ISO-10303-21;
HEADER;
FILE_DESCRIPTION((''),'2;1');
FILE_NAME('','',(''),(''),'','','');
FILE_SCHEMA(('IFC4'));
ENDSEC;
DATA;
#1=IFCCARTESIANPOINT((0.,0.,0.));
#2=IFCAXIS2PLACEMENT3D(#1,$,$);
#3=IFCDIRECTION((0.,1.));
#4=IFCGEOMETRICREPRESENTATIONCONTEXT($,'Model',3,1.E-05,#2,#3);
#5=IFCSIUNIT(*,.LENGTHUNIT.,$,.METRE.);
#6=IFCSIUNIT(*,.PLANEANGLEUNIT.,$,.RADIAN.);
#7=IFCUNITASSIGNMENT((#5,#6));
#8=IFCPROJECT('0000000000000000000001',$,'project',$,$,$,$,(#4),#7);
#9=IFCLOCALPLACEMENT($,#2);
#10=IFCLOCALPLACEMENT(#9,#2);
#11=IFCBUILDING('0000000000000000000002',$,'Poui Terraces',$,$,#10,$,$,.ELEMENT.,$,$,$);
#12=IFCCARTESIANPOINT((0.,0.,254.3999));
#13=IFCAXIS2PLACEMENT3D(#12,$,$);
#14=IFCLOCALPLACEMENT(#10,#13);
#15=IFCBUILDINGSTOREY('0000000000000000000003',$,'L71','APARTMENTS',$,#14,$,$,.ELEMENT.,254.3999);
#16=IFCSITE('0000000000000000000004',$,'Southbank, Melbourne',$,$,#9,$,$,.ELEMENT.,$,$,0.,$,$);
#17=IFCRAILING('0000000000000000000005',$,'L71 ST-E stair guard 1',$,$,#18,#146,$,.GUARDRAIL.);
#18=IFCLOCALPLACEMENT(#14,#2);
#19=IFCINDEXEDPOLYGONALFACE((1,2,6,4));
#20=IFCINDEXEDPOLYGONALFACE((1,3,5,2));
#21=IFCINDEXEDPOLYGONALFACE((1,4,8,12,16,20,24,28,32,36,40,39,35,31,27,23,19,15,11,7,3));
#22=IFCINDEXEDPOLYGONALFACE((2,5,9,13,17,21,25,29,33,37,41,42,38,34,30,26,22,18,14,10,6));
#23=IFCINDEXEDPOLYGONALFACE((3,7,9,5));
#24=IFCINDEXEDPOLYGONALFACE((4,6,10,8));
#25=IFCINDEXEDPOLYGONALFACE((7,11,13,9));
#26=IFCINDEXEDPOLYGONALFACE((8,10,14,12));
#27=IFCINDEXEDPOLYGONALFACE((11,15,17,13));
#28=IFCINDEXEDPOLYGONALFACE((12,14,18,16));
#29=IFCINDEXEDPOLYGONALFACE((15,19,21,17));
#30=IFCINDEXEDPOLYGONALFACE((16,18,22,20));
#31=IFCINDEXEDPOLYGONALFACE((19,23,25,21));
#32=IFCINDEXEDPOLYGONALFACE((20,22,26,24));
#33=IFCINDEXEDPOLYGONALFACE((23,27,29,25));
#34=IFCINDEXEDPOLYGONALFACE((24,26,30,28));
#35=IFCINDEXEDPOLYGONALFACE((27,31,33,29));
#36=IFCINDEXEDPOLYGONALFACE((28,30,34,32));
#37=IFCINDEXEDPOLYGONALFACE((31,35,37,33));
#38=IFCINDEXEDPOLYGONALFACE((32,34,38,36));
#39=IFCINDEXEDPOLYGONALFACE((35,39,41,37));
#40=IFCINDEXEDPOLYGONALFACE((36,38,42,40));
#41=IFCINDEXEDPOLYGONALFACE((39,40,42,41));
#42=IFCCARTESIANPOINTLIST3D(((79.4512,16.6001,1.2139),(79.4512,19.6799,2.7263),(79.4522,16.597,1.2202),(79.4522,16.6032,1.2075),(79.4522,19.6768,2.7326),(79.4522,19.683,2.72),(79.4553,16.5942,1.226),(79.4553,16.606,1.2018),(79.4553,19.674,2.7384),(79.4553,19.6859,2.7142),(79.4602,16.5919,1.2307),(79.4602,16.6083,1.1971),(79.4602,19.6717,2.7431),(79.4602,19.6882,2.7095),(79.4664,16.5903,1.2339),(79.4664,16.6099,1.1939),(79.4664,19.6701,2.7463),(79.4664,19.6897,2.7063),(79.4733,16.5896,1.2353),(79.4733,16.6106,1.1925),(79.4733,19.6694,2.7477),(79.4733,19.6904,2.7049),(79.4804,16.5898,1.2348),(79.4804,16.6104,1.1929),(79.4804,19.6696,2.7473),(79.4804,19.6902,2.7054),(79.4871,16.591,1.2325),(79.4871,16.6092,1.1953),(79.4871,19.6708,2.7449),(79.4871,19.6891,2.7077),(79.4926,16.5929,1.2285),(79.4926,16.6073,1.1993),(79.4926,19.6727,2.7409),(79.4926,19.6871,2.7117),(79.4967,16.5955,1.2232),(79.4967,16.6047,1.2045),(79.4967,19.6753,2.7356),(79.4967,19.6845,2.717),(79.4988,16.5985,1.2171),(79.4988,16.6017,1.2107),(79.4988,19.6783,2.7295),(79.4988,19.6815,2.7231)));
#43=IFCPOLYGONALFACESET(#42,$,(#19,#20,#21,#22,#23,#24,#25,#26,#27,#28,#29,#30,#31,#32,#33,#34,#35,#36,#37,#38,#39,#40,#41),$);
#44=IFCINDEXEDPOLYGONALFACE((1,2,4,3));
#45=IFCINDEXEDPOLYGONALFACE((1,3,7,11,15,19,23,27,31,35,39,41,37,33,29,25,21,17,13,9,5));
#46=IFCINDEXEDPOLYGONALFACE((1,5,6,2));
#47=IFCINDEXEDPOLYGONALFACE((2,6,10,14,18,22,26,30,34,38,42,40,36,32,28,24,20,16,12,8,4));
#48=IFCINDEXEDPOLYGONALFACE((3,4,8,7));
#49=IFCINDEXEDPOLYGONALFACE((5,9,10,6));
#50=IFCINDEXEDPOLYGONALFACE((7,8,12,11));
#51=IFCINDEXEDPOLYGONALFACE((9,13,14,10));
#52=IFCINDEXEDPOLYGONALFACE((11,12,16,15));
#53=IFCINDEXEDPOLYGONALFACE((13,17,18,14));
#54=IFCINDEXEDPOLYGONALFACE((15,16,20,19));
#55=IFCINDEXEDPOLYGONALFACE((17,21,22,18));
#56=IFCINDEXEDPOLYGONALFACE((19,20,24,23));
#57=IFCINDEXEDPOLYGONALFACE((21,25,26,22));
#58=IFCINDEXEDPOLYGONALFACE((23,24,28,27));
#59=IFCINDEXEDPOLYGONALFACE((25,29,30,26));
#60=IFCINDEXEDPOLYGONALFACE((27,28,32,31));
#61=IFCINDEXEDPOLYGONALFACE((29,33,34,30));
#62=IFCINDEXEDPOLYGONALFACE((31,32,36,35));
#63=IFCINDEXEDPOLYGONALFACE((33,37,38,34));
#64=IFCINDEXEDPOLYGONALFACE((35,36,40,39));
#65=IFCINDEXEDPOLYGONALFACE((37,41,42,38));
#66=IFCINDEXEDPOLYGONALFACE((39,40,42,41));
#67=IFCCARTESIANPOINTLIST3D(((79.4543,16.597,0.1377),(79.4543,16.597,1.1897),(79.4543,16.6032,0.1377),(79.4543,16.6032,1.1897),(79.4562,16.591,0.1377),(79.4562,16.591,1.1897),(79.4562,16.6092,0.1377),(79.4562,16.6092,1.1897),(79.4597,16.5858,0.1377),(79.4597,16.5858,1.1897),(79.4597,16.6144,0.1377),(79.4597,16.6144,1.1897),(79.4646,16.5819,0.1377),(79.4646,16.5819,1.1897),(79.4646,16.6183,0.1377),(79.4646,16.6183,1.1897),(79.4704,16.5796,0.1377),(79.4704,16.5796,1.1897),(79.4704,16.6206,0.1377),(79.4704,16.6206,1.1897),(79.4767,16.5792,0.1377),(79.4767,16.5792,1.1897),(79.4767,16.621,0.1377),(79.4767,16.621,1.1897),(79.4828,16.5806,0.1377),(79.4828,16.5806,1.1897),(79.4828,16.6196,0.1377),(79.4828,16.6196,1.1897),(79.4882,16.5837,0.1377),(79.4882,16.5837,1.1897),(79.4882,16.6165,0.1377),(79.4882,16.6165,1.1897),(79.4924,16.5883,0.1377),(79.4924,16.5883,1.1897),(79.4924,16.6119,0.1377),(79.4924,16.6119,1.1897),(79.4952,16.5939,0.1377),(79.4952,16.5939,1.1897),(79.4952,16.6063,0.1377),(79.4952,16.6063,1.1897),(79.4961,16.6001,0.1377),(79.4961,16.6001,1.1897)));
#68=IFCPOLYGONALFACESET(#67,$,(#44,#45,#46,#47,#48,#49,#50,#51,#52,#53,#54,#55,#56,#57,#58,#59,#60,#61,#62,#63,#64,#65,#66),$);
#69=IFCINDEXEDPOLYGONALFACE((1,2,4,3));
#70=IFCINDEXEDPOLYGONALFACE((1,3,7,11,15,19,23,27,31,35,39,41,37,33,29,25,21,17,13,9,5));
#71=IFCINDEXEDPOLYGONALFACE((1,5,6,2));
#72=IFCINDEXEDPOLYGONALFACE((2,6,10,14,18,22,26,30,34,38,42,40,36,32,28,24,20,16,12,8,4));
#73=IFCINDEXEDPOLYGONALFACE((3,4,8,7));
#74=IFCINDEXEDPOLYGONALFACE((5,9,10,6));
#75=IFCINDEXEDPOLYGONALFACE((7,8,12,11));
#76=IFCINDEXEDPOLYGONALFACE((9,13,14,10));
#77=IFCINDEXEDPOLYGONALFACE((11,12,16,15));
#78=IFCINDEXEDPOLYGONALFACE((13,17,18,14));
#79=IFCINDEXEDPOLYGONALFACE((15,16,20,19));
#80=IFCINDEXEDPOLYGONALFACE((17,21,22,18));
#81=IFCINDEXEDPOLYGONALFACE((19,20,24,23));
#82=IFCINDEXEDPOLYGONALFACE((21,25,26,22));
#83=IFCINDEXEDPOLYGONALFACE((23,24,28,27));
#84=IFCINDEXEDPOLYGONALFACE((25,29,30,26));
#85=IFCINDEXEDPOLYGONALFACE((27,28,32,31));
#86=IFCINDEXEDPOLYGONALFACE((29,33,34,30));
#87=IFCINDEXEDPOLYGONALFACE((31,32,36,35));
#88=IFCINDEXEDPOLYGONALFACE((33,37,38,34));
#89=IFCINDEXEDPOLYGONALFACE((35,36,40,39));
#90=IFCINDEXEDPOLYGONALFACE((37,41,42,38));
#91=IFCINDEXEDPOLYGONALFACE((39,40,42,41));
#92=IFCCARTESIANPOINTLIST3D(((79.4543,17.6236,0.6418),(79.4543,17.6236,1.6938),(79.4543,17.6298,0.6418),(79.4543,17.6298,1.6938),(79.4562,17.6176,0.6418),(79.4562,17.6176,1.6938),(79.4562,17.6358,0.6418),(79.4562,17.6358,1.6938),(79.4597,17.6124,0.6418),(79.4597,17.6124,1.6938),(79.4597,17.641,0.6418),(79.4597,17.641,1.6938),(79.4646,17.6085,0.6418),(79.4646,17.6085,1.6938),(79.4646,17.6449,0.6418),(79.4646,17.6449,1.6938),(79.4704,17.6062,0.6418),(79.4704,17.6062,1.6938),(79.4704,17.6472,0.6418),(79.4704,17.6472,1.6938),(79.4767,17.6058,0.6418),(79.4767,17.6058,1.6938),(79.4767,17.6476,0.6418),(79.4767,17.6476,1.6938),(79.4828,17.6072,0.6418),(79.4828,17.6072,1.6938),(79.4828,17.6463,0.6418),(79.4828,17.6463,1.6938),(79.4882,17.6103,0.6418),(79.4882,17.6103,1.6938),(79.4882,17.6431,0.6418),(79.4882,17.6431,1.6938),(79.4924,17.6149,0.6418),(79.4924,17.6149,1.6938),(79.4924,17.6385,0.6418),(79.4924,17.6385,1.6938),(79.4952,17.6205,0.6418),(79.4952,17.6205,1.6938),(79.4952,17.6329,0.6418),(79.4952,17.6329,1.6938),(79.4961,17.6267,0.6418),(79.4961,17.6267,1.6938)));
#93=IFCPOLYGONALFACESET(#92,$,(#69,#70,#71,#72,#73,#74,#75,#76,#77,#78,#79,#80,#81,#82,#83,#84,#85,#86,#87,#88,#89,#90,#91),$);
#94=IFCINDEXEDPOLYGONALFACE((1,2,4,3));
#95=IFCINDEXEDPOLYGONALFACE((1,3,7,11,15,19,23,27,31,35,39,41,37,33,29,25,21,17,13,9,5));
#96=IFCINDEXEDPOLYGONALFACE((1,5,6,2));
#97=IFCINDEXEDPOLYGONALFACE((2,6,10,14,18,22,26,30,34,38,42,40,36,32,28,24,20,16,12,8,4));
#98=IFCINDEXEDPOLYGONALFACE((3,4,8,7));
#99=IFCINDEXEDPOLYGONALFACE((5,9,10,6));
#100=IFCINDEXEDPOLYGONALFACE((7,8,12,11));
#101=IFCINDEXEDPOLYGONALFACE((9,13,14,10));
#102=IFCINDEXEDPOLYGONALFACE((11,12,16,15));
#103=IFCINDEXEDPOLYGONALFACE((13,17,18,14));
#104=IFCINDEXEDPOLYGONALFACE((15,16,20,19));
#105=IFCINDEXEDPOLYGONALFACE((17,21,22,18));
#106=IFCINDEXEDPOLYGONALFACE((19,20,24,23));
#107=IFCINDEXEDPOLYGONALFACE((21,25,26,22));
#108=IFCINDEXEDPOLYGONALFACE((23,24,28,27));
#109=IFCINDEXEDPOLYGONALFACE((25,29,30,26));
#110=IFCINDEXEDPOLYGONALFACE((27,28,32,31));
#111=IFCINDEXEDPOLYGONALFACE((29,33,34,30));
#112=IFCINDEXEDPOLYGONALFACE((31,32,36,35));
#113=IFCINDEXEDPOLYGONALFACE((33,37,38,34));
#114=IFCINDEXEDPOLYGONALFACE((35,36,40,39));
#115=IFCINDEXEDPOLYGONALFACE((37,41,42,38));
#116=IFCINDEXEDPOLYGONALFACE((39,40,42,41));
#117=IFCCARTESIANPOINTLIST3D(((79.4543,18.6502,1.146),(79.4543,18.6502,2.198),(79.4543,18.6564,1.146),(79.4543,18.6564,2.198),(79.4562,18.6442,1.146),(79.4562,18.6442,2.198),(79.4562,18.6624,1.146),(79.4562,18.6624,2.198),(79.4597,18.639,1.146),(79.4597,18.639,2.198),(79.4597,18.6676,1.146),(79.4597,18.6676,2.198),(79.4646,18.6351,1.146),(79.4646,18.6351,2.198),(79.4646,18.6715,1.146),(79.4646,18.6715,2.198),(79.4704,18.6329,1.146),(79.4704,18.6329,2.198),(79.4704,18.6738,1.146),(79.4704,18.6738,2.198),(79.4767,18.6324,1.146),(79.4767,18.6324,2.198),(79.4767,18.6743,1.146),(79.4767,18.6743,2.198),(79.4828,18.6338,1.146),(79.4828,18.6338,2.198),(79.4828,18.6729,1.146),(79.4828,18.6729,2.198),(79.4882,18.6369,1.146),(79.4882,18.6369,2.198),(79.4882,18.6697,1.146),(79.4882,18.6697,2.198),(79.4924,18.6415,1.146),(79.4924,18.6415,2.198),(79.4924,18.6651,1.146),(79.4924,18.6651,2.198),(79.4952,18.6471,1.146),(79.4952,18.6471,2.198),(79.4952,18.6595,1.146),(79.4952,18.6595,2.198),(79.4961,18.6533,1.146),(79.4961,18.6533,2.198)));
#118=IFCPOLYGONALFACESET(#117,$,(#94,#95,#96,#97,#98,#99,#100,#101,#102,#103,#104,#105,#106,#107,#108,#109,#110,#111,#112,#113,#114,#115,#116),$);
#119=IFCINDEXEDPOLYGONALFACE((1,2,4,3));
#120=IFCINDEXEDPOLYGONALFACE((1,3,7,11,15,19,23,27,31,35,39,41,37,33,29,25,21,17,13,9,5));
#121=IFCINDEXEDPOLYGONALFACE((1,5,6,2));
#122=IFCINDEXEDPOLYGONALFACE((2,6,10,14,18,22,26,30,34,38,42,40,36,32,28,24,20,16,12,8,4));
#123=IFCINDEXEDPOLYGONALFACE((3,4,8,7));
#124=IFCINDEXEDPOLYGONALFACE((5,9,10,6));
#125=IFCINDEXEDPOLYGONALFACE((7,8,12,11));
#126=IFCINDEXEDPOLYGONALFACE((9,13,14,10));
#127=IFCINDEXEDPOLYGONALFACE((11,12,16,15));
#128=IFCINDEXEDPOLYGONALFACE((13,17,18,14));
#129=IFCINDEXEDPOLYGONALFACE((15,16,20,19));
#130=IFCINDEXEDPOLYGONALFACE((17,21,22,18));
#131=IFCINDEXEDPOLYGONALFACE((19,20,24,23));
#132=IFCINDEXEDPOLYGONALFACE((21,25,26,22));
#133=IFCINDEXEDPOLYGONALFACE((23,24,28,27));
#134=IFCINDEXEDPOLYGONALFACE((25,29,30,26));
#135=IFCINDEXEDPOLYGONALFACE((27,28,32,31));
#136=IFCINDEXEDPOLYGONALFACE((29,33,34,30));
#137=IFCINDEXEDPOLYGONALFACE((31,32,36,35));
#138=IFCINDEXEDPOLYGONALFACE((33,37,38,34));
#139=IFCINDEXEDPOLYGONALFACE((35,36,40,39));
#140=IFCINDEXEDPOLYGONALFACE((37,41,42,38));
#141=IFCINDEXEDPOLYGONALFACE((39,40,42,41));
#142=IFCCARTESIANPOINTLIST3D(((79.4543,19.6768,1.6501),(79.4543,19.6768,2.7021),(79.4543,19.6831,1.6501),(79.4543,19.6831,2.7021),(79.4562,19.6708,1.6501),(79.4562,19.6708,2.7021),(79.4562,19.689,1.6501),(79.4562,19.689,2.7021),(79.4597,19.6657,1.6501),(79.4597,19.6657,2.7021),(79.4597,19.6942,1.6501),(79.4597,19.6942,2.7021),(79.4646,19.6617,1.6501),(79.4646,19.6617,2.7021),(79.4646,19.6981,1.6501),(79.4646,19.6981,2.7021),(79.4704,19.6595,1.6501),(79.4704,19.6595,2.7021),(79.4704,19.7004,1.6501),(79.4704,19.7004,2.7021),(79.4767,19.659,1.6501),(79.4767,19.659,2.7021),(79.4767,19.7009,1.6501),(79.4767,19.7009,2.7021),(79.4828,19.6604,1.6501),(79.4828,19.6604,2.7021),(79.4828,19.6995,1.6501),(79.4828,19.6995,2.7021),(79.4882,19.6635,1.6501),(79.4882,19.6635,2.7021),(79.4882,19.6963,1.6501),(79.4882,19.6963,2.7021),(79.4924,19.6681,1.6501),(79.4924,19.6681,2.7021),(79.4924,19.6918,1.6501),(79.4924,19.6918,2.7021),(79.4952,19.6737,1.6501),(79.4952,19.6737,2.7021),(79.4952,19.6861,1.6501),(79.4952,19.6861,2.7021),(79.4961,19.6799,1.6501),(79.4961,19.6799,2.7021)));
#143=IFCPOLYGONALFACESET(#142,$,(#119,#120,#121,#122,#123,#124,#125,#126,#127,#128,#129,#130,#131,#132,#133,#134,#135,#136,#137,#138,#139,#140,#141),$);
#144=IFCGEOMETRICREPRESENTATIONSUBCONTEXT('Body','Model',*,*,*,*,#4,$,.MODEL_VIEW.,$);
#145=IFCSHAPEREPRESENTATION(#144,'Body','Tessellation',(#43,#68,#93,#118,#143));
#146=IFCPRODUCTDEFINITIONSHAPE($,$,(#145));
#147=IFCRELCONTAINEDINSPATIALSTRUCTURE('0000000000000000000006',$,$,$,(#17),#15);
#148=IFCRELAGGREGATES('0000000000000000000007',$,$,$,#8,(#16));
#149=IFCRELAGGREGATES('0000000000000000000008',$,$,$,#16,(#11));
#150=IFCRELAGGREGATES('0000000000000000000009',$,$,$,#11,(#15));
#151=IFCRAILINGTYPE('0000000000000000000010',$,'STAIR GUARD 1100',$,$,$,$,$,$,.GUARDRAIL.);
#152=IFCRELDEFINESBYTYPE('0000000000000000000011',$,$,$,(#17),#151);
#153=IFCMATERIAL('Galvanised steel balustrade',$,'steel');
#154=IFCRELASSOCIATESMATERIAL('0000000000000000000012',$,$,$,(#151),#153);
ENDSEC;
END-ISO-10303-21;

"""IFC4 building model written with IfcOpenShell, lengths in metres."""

from ifc_helpers import new_model, si_unit, direction, frame, origin, origin_2d, place, context, subcontext, project, spatial, circle, extrude, material, type_object, element, save


model = new_model("IFC4")

# Units and contexts
model_context = context("Model", 3, precision=1e-05, world=origin(), true_north=direction((0.0, 1.0)))
body_context = subcontext(model_context, "Body", "Model", "MODEL_VIEW")
ifc_project = project(units=[si_unit("LENGTHUNIT", "METRE"), si_unit("PLANEANGLEUNIT", "RADIAN")], contexts=[model_context])

# Site, building, storey
site_placement = place(None, origin())
site = spatial("IfcSite", under=ifc_project, at=site_placement, Name="Southbank, Melbourne", CompositionType="ELEMENT", RefElevation=0.0)
building_placement = place(site_placement, origin())
building = spatial("IfcBuilding", under=site, at=building_placement, Name="Poui Terraces", CompositionType="ELEMENT")
storey_placement = place(building_placement, frame((0.0, 0.0, 254.3999)))
storey = spatial("IfcBuildingStorey", under=building, at=storey_placement, Name="L71", Description="APARTMENTS", CompositionType="ELEMENT", Elevation=254.3999)

# Railing
ifc_material_1 = material(Name="Galvanised steel balustrade", Category="steel")
railing_type_1 = type_object("IfcRailingType", Name="STAIR GUARD 1100", PredefinedType="GUARDRAIL", material=ifc_material_1)
railing_1_placement = place(storey_placement, frame((79.4751, 16.6001, 0.1377)))
element("IfcRailing", 1, at=railing_1_placement, inside=storey, type_object=railing_type_1, Name="L71 ST-E stair guard 1", PredefinedType="GUARDRAIL", context=body_context, shape_type="SweptSolid", body=[
    extrude(circle(Radius=0.0239, at=origin_2d()), frame((0.0, 0.0, 1.0762), z_axis=(0.0, 0.897606, 0.440798), x_axis=(-1.0, 0.0, 0.0)), (0.0, 0.0, 1.0), 3.4312),
    extrude(circle(Radius=0.021, at=origin_2d()), origin(), (0.0, 0.0, 1.0), 1.052),
    extrude(circle(Radius=0.021, at=origin_2d()), frame((0.0, 1.0266, 0.5042)), (0.0, 0.0, 1.0), 1.052),
    extrude(circle(Radius=0.021, at=origin_2d()), frame((0.0, 2.0532, 1.0083)), (0.0, 0.0, 1.0), 1.052),
    extrude(circle(Radius=0.021, at=origin_2d()), frame((0.0, 3.0798, 1.5125)), (0.0, 0.0, 1.0), 1.052),
])

save(model, "model.ifc")
